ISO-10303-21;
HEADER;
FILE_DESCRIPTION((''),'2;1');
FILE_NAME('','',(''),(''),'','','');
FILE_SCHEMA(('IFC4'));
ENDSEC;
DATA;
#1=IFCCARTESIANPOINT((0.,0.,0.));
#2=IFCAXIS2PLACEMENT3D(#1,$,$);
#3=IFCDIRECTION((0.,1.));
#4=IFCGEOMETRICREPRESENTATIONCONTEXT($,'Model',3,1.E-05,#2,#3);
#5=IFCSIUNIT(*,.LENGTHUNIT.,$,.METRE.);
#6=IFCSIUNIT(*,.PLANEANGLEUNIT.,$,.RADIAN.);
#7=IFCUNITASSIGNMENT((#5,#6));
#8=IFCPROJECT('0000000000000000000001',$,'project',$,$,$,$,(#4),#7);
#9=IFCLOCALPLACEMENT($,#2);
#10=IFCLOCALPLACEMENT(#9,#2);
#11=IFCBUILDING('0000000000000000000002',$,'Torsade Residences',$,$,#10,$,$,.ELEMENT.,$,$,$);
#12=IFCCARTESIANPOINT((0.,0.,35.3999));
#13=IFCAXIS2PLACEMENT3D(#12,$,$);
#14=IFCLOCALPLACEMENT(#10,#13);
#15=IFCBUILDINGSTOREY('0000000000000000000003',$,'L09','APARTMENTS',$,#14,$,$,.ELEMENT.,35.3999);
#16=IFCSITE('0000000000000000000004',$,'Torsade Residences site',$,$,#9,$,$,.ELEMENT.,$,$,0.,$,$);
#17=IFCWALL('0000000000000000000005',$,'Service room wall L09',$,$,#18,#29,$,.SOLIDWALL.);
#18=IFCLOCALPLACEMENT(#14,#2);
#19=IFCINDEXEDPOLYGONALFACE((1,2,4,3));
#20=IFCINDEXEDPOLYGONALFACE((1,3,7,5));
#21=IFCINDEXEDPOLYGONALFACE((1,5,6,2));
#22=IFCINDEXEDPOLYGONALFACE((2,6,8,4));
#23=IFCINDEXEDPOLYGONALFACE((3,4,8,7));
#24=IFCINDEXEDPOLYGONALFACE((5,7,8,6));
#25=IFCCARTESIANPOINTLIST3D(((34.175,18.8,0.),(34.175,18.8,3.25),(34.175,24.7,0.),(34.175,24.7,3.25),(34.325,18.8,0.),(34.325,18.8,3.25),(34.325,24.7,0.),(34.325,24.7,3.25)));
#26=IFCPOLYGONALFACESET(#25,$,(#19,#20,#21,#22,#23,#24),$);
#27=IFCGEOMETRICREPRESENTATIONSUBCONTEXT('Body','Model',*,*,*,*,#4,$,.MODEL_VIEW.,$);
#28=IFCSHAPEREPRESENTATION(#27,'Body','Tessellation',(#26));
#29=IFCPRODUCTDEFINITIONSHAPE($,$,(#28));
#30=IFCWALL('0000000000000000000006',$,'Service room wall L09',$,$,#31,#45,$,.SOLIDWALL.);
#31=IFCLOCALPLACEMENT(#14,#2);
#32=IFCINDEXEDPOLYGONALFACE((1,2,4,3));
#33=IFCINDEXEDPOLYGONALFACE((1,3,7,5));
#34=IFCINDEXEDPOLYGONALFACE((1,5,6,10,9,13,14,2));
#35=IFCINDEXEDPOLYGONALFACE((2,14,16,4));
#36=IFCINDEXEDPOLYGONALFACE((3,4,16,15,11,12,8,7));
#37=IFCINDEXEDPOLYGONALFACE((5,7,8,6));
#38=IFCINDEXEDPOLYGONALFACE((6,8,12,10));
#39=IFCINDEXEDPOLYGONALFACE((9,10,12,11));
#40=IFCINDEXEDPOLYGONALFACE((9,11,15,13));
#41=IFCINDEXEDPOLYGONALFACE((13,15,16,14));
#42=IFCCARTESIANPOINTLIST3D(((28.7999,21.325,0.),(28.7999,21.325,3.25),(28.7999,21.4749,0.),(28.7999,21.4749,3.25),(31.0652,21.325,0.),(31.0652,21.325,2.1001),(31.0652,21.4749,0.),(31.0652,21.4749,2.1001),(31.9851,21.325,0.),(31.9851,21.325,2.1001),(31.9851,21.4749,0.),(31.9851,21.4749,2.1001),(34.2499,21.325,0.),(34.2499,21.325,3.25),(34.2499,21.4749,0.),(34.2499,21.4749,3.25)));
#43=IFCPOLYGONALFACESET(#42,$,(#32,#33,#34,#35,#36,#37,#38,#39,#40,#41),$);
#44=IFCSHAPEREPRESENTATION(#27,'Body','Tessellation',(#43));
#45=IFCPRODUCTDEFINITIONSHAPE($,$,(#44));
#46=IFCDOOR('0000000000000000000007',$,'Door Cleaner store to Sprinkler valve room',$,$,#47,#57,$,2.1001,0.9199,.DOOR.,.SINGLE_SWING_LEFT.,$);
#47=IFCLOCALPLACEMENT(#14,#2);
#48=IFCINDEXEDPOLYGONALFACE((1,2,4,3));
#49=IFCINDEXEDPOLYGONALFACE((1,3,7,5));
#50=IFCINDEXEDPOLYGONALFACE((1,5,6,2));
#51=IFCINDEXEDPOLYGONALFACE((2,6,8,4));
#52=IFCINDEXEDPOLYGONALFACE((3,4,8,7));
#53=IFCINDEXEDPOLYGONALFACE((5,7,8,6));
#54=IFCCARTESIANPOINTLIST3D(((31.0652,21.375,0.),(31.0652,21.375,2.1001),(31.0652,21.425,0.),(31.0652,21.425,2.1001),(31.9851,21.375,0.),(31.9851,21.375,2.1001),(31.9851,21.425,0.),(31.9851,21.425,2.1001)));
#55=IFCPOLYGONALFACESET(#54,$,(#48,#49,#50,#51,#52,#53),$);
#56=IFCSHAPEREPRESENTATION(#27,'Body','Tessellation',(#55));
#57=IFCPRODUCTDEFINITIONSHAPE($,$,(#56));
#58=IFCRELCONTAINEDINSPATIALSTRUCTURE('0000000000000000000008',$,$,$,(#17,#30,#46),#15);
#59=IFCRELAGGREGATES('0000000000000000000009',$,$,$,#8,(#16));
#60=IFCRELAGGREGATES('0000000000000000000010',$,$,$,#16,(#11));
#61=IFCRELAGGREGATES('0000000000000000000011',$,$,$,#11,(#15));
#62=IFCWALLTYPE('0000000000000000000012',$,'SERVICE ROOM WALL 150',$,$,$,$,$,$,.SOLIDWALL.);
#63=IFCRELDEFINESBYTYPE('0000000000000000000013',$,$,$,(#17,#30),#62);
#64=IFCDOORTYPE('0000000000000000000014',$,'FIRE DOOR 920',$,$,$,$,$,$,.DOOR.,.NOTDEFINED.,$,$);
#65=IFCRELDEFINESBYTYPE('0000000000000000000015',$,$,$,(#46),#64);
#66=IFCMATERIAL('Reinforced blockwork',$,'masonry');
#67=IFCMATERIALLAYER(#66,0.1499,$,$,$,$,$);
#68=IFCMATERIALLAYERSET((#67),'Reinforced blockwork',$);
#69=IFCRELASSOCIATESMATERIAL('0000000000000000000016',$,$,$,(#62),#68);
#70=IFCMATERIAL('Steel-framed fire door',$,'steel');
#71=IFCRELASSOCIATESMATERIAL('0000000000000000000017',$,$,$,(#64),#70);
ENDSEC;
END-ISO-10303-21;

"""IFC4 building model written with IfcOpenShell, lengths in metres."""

from ifc_helpers import new_model, si_unit, direction, frame, frame_2d, origin, place, context, subcontext, project, spatial, rectangle, extrude, material, layer, layer_set, type_object, element, fill, save


model = new_model("IFC4")

# Units and contexts
model_context = context("Model", 3, precision=1e-05, world=origin(), true_north=direction((0.0, 1.0)))
body_context = subcontext(model_context, "Body", "Model", "MODEL_VIEW")
ifc_project = project(units=[si_unit("LENGTHUNIT", "METRE"), si_unit("PLANEANGLEUNIT", "RADIAN")], contexts=[model_context])

# Site, building, storey
site_placement = place(None, origin())
site = spatial("IfcSite", under=ifc_project, at=site_placement, Name="Torsade Residences site", CompositionType="ELEMENT", RefElevation=0.0)
building_placement = place(site_placement, origin())
building = spatial("IfcBuilding", under=site, at=building_placement, Name="Torsade Residences", CompositionType="ELEMENT")
storey_placement = place(building_placement, frame((0.0, 0.0, 35.3999)))
storey = spatial("IfcBuildingStorey", under=building, at=storey_placement, Name="L09", Description="APARTMENTS", CompositionType="ELEMENT", Elevation=35.3999)

# Wall
ifc_material_1 = material(Name="Reinforced blockwork", Category="masonry")
ifc_layer_1 = layer(ifc_material_1, 0.1499)
ifc_layer_set_1 = layer_set([ifc_layer_1], Name="Reinforced blockwork")
wall_type_1 = type_object("IfcWallType", Name="SERVICE ROOM WALL 150", PredefinedType="SOLIDWALL", material=ifc_layer_set_1)
wall_1_placement = place(storey_placement, frame((34.25, 18.8, 0.0), z_axis=(0.0, 0.0, 1.0), x_axis=(0.0, 1.0, 0.0)))
element("IfcWall", 1, at=wall_1_placement, inside=storey, type_object=wall_type_1, Name="Service room wall L09", PredefinedType="SOLIDWALL", context=body_context, shape_type="SweptSolid", body=[
    extrude(rectangle(XDim=5.8999, YDim=0.1499, at=frame_2d((2.95, 0.0))), origin(), (0.0, 0.0, 1.0), 3.25),
])

# Wall, opening, door
wall_2_placement = place(storey_placement, frame((34.25, 21.3999, 0.0), z_axis=(0.0, 0.0, 1.0), x_axis=(-1.0, 0.0, 0.0)))
wall_2 = element("IfcWall", 2, at=wall_2_placement, inside=storey, type_object=wall_type_1, Name="Service room wall L09", PredefinedType="SOLIDWALL", context=body_context, shape_type="SweptSolid", body=[
    extrude(rectangle(XDim=5.45, YDim=0.1499, at=frame_2d((2.7251, 0.0))), origin(), (0.0, 0.0, 1.0), 3.25),
])
opening_1_placement = place(wall_2_placement, frame((2.2649, 0.0, 0.0)))
opening_1 = element("IfcOpeningElement", 3, at=opening_1_placement, cuts=wall_2, PredefinedType="OPENING", context=body_context, shape_type="SweptSolid", body=[
    extrude(rectangle(XDim=0.9199, YDim=2.1001, at=frame_2d((0.46, 1.05))), frame((0.0, 0.085, 0.0), z_axis=(0.0, -1.0, 0.0), x_axis=(1.0, 0.0, 0.0)), (0.0, 0.0, 1.0), 0.1699),
])
ifc_material_2 = material(Name="Steel-framed fire door", Category="steel")
door_type_1 = type_object("IfcDoorType", Name="FIRE DOOR 920", OperationType="NOTDEFINED", PredefinedType="DOOR", material=ifc_material_2)
door_1_placement = place(opening_1_placement, origin())
door_1 = element("IfcDoor", 4, at=door_1_placement, inside=storey, type_object=door_type_1, Name="Door Cleaner store to Sprinkler valve room", OperationType="SINGLE_SWING_LEFT", OverallHeight=2.1001, OverallWidth=0.9199, PredefinedType="DOOR", context=body_context, shape_type="SweptSolid", body=[
    extrude(rectangle(XDim=0.9199, YDim=2.1001, at=frame_2d((0.46, 1.05))), frame((0.0, 0.0249, 0.0), z_axis=(0.0, -1.0, 0.0), x_axis=(1.0, 0.0, 0.0)), (0.0, 0.0, 1.0), 0.05),
])
fill(opening_1, door_1)

save(model, "model.ifc")
